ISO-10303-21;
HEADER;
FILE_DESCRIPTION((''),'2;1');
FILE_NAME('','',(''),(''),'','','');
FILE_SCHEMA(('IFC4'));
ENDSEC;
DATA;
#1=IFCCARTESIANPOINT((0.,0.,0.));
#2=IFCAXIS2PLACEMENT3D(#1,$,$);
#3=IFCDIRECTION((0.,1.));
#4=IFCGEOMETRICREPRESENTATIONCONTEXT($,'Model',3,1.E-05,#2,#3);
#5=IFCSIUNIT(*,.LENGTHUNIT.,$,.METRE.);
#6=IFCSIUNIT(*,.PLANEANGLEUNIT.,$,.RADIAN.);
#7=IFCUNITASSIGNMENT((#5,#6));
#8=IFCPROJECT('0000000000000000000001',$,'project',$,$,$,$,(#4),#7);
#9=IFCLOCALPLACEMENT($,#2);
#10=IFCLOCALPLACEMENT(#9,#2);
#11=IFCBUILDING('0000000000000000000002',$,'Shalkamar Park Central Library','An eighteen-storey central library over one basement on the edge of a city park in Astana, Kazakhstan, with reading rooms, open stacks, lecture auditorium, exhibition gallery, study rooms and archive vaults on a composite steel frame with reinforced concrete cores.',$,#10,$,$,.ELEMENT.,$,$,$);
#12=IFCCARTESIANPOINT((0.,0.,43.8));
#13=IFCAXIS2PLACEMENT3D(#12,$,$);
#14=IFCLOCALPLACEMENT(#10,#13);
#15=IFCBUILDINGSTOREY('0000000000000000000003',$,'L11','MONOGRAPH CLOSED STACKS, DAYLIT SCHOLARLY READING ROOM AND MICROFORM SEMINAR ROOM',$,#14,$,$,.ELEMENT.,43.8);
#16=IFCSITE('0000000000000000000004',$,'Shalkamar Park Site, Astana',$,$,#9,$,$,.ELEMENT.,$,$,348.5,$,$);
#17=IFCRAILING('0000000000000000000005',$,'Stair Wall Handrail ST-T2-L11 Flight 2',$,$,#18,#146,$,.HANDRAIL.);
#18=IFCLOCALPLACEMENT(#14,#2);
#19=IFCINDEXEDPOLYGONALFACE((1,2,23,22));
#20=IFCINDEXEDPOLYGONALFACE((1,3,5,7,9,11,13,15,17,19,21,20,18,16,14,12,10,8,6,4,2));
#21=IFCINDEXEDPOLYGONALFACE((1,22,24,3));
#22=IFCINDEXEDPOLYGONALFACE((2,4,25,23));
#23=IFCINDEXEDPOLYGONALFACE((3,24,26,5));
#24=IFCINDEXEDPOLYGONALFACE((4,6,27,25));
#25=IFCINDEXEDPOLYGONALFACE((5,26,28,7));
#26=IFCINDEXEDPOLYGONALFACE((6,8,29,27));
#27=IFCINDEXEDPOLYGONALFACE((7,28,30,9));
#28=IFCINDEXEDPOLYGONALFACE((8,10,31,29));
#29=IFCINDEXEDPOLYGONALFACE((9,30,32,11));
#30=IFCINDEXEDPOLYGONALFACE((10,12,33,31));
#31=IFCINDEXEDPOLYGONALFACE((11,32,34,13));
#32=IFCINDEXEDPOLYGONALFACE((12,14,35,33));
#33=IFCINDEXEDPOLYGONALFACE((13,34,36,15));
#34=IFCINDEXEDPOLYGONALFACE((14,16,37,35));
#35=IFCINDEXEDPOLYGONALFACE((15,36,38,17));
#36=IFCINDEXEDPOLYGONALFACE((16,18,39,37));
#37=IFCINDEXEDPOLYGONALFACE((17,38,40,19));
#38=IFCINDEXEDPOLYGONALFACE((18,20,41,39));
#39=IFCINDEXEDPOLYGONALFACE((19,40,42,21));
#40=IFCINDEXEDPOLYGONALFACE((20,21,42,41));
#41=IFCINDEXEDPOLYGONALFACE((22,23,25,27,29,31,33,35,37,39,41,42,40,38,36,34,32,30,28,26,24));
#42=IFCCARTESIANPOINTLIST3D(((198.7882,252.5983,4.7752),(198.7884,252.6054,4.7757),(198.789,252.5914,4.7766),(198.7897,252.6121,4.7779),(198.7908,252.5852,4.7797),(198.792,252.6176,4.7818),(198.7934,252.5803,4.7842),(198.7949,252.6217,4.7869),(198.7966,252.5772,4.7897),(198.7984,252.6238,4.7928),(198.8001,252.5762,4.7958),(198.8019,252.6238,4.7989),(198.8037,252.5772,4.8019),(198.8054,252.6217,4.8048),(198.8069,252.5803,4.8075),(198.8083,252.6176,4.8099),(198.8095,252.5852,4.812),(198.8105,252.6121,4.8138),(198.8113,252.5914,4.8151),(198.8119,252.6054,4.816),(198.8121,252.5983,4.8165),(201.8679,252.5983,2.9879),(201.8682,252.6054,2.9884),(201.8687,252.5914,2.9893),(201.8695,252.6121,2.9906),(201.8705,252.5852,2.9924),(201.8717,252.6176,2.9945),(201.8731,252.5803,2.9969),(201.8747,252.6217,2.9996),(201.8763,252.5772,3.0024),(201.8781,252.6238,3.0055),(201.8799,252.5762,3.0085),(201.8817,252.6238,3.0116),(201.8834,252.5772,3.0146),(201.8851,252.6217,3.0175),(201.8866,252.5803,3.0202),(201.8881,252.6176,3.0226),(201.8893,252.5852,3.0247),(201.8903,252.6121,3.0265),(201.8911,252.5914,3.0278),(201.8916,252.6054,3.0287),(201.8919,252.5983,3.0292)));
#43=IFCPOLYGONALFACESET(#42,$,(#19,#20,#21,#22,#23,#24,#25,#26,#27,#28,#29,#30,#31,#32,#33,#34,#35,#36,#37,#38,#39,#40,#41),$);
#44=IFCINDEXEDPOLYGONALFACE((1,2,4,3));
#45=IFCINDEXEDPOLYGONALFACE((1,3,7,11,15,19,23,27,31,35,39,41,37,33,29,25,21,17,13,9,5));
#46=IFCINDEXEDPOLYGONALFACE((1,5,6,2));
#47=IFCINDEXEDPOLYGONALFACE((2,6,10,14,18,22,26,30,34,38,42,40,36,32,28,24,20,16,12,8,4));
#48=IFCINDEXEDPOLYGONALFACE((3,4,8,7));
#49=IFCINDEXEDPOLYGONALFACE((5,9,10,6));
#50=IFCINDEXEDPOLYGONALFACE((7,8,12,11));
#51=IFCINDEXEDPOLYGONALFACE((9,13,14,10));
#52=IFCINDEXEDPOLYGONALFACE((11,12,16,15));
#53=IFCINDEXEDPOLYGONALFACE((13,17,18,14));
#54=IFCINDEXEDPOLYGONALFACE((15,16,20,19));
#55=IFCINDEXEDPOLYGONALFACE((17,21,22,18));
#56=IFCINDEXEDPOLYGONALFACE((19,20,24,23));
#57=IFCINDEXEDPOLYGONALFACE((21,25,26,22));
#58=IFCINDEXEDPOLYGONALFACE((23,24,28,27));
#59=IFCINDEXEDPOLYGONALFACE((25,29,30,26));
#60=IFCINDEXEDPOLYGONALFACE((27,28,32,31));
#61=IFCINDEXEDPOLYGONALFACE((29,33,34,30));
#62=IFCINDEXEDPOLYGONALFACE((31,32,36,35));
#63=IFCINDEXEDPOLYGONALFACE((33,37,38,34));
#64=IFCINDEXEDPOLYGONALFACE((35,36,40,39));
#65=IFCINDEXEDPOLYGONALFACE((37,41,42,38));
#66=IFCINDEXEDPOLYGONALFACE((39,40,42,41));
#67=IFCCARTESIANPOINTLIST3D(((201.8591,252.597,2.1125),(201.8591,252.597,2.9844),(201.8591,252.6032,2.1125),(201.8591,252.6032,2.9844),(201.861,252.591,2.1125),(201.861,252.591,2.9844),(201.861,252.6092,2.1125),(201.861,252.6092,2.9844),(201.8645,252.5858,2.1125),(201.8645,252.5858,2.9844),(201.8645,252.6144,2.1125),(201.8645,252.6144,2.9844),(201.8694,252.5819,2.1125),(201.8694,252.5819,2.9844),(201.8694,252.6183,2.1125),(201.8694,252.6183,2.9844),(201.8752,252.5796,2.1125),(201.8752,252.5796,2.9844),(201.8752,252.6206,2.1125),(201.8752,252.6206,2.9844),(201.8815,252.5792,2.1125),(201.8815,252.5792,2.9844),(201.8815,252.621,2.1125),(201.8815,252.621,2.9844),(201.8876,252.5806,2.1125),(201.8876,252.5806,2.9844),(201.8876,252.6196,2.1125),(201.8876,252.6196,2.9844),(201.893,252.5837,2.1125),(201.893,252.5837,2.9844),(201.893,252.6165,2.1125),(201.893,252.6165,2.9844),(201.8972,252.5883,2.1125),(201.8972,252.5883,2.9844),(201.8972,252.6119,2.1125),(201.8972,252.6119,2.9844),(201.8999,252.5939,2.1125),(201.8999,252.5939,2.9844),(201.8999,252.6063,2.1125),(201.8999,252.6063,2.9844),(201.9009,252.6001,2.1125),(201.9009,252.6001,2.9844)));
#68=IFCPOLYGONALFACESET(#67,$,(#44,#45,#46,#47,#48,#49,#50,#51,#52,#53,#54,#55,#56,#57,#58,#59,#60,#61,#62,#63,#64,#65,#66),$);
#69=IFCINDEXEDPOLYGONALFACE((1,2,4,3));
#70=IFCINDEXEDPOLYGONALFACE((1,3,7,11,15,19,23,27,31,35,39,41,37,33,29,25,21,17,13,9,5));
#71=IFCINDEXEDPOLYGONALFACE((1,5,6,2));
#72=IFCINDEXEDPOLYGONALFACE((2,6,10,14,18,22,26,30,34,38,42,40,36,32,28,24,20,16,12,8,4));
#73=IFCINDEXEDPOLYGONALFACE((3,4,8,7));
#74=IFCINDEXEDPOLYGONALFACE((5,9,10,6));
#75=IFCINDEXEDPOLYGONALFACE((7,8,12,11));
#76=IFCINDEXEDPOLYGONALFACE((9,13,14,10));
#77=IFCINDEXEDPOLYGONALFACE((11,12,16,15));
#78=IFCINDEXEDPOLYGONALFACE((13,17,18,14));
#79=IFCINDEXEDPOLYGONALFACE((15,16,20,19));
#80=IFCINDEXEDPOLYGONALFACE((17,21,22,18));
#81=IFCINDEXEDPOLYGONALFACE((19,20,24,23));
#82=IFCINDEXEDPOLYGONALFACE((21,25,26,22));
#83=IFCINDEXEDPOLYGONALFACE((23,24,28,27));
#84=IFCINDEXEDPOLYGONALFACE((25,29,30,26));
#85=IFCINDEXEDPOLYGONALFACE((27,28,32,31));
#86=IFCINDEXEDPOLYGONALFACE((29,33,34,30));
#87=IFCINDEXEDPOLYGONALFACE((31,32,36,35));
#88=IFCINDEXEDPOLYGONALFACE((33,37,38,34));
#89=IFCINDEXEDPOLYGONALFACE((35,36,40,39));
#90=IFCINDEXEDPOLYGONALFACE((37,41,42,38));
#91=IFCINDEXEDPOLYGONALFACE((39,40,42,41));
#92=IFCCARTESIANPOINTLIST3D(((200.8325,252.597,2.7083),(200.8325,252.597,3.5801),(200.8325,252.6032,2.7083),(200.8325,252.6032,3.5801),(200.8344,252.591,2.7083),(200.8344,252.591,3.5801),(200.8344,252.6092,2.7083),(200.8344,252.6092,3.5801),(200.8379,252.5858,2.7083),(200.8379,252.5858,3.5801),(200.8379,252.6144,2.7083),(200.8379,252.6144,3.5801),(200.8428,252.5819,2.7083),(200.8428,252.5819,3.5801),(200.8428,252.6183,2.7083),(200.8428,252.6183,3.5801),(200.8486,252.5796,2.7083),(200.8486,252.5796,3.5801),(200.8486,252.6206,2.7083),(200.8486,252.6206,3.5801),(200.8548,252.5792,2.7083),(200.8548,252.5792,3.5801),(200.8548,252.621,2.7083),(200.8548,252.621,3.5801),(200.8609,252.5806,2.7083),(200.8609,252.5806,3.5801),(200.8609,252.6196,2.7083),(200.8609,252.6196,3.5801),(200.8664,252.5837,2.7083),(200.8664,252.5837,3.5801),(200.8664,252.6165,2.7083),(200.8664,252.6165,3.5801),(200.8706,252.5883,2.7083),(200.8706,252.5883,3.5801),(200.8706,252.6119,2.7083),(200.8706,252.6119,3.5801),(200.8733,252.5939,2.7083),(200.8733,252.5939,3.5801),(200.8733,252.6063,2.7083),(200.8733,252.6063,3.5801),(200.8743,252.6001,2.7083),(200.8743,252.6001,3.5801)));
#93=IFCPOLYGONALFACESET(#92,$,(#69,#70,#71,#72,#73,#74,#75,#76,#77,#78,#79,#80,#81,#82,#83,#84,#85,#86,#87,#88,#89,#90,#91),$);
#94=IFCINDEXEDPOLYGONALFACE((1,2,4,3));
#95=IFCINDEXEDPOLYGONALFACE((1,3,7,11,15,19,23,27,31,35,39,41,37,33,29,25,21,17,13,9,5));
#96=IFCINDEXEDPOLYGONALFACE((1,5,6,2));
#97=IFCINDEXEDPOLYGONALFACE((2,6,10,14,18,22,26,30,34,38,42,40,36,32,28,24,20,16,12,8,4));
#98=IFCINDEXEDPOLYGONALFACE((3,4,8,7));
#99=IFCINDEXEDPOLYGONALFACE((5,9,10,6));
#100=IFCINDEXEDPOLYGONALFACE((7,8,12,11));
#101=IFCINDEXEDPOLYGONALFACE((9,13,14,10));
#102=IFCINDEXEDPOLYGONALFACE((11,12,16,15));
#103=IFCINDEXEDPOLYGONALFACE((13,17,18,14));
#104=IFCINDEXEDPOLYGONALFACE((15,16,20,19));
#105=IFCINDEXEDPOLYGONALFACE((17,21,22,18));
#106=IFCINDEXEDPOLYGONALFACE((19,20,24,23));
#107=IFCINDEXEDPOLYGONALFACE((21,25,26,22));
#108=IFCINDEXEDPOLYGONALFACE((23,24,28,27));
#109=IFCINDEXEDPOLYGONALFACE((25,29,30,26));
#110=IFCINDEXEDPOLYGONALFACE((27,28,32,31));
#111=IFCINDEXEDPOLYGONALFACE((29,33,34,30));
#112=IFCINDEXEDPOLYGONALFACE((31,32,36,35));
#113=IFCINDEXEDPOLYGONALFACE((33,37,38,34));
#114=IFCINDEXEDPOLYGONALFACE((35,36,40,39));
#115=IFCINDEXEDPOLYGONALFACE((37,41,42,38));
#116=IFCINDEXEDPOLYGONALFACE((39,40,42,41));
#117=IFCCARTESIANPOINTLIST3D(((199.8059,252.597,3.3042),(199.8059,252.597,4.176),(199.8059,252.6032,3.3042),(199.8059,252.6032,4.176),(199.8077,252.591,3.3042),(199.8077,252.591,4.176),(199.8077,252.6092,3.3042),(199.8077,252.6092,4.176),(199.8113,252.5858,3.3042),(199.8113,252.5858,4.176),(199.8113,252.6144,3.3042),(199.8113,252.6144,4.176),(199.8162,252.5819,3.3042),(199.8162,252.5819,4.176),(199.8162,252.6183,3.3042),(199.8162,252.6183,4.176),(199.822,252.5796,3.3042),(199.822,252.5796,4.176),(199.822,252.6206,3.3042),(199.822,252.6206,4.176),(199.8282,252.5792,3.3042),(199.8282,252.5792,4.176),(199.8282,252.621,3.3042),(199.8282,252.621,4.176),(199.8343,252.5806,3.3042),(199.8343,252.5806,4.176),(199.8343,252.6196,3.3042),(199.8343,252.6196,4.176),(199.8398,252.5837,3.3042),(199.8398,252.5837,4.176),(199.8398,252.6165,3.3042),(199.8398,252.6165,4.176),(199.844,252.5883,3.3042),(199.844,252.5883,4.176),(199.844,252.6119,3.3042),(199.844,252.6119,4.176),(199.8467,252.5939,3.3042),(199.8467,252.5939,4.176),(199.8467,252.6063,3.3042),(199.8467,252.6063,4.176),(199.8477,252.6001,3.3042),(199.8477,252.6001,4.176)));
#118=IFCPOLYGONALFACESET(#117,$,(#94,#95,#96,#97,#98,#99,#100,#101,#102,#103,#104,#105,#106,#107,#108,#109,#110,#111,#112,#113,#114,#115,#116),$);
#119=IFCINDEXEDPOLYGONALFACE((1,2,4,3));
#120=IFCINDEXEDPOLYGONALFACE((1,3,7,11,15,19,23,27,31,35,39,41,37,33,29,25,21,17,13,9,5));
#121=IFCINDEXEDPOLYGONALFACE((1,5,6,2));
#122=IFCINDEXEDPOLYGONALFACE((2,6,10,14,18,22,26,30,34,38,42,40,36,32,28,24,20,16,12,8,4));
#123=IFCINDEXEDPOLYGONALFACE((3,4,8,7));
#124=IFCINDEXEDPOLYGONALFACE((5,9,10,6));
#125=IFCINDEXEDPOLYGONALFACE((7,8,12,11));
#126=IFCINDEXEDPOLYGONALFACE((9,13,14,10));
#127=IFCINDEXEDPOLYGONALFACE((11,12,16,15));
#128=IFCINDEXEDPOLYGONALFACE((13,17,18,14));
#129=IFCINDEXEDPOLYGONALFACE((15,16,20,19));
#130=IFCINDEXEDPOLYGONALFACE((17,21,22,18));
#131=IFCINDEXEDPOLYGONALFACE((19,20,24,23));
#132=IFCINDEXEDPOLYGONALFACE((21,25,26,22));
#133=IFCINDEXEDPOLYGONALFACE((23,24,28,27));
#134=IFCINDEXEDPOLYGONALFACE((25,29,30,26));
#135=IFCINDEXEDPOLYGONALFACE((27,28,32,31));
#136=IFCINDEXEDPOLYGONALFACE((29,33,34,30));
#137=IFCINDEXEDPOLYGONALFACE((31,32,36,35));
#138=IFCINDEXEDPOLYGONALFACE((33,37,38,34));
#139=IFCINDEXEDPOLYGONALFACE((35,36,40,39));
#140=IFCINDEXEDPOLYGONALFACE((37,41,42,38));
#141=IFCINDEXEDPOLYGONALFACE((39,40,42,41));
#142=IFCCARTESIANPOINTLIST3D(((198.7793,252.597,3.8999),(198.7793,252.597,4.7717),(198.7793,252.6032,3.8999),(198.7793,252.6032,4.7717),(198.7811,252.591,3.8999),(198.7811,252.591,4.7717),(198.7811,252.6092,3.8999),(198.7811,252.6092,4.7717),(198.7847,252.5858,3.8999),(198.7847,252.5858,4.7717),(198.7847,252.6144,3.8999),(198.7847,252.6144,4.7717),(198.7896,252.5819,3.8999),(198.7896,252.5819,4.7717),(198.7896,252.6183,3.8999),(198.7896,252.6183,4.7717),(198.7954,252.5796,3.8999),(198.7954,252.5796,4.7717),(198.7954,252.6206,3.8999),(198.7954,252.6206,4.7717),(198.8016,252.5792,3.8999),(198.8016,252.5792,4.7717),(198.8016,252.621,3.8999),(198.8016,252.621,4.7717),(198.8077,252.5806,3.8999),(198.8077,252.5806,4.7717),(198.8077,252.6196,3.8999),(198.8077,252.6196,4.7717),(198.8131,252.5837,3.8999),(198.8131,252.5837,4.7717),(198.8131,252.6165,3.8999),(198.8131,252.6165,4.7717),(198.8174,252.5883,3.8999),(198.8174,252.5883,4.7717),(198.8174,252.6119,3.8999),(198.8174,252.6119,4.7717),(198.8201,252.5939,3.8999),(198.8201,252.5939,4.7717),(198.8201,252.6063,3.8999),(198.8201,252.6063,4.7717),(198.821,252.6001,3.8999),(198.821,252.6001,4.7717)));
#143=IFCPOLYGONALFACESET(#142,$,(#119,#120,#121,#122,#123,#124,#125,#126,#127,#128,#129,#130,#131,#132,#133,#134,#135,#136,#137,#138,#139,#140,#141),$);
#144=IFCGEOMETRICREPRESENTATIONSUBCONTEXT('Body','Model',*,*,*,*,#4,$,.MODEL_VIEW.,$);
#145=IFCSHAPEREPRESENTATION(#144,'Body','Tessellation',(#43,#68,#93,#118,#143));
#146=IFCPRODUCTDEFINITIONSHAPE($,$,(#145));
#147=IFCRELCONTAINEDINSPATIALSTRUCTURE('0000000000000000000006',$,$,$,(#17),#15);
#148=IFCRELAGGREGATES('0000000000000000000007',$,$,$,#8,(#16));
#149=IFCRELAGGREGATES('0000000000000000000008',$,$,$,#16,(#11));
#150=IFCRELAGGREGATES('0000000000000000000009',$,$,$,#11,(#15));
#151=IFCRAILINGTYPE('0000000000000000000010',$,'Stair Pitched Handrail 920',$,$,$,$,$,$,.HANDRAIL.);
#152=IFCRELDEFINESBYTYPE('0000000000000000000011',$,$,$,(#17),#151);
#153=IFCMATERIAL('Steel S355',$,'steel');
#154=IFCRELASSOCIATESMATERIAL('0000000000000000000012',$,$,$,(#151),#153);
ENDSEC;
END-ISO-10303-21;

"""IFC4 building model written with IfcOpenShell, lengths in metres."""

from ifc_helpers import new_model, si_unit, direction, frame, origin, origin_2d, place, context, subcontext, project, spatial, circle, extrude, material, type_object, element, save


model = new_model("IFC4")

# Units and contexts
model_context = context("Model", 3, precision=1e-05, world=origin(), true_north=direction((0.0, 1.0)))
body_context = subcontext(model_context, "Body", "Model", "MODEL_VIEW")
ifc_project = project(units=[si_unit("LENGTHUNIT", "METRE"), si_unit("PLANEANGLEUNIT", "RADIAN")], contexts=[model_context])

# Site, building, storey
site_placement = place(None, origin())
site = spatial("IfcSite", under=ifc_project, at=site_placement, Name="Shalkamar Park Site, Astana", CompositionType="ELEMENT", RefElevation=348.5)
building_placement = place(site_placement, origin())
building = spatial("IfcBuilding", under=site, at=building_placement, Name="Shalkamar Park Central Library", Description="An eighteen-storey central library over one basement on the edge of a city park in Astana, Kazakhstan, with reading rooms, open stacks, lecture auditorium, exhibition gallery, study rooms and archive vaults on a composite steel frame with reinforced concrete cores.", CompositionType="ELEMENT")
storey_placement = place(building_placement, frame((0.0, 0.0, 43.8)))
storey = spatial("IfcBuildingStorey", under=building, at=storey_placement, Name="L11", Description="MONOGRAPH CLOSED STACKS, DAYLIT SCHOLARLY READING ROOM AND MICROFORM SEMINAR ROOM", CompositionType="ELEMENT", Elevation=43.8)

# Shared definitions
ifc_material_1 = material(Name="Steel S355", Category="steel")

# Railing
railing_type_1 = type_object("IfcRailingType", Name="Stair Pitched Handrail 920", PredefinedType="HANDRAIL", material=ifc_material_1)
railing_1_placement = place(storey_placement, frame((201.8799, 252.6001, 2.1125)))
element("IfcRailing", 1, at=railing_1_placement, inside=storey, type_object=railing_type_1, Name="Stair Wall Handrail ST-T2-L11 Flight 2", PredefinedType="HANDRAIL", context=body_context, shape_type="SweptSolid", body=[
    extrude(circle(Radius=0.0239, at=origin_2d()), frame((0.0, 0.0, 0.896), z_axis=(-0.864903, 0.0, 0.501939), x_axis=(0.0, -1.0, 0.0)), (0.0, 0.0, 1.0), 3.5608),
    extrude(circle(Radius=0.021, at=origin_2d()), origin(), (0.0, 0.0, 1.0), 0.8718),
    extrude(circle(Radius=0.021, at=origin_2d()), frame((-1.0266, 0.0, 0.5957)), (0.0, 0.0, 1.0), 0.8718),
    extrude(circle(Radius=0.021, at=origin_2d()), frame((-2.0532, 0.0, 1.1917)), (0.0, 0.0, 1.0), 0.8718),
    extrude(circle(Radius=0.021, at=origin_2d()), frame((-3.0798, 0.0, 1.7874)), (0.0, 0.0, 1.0), 0.8718),
])

save(model, "model.ifc")
